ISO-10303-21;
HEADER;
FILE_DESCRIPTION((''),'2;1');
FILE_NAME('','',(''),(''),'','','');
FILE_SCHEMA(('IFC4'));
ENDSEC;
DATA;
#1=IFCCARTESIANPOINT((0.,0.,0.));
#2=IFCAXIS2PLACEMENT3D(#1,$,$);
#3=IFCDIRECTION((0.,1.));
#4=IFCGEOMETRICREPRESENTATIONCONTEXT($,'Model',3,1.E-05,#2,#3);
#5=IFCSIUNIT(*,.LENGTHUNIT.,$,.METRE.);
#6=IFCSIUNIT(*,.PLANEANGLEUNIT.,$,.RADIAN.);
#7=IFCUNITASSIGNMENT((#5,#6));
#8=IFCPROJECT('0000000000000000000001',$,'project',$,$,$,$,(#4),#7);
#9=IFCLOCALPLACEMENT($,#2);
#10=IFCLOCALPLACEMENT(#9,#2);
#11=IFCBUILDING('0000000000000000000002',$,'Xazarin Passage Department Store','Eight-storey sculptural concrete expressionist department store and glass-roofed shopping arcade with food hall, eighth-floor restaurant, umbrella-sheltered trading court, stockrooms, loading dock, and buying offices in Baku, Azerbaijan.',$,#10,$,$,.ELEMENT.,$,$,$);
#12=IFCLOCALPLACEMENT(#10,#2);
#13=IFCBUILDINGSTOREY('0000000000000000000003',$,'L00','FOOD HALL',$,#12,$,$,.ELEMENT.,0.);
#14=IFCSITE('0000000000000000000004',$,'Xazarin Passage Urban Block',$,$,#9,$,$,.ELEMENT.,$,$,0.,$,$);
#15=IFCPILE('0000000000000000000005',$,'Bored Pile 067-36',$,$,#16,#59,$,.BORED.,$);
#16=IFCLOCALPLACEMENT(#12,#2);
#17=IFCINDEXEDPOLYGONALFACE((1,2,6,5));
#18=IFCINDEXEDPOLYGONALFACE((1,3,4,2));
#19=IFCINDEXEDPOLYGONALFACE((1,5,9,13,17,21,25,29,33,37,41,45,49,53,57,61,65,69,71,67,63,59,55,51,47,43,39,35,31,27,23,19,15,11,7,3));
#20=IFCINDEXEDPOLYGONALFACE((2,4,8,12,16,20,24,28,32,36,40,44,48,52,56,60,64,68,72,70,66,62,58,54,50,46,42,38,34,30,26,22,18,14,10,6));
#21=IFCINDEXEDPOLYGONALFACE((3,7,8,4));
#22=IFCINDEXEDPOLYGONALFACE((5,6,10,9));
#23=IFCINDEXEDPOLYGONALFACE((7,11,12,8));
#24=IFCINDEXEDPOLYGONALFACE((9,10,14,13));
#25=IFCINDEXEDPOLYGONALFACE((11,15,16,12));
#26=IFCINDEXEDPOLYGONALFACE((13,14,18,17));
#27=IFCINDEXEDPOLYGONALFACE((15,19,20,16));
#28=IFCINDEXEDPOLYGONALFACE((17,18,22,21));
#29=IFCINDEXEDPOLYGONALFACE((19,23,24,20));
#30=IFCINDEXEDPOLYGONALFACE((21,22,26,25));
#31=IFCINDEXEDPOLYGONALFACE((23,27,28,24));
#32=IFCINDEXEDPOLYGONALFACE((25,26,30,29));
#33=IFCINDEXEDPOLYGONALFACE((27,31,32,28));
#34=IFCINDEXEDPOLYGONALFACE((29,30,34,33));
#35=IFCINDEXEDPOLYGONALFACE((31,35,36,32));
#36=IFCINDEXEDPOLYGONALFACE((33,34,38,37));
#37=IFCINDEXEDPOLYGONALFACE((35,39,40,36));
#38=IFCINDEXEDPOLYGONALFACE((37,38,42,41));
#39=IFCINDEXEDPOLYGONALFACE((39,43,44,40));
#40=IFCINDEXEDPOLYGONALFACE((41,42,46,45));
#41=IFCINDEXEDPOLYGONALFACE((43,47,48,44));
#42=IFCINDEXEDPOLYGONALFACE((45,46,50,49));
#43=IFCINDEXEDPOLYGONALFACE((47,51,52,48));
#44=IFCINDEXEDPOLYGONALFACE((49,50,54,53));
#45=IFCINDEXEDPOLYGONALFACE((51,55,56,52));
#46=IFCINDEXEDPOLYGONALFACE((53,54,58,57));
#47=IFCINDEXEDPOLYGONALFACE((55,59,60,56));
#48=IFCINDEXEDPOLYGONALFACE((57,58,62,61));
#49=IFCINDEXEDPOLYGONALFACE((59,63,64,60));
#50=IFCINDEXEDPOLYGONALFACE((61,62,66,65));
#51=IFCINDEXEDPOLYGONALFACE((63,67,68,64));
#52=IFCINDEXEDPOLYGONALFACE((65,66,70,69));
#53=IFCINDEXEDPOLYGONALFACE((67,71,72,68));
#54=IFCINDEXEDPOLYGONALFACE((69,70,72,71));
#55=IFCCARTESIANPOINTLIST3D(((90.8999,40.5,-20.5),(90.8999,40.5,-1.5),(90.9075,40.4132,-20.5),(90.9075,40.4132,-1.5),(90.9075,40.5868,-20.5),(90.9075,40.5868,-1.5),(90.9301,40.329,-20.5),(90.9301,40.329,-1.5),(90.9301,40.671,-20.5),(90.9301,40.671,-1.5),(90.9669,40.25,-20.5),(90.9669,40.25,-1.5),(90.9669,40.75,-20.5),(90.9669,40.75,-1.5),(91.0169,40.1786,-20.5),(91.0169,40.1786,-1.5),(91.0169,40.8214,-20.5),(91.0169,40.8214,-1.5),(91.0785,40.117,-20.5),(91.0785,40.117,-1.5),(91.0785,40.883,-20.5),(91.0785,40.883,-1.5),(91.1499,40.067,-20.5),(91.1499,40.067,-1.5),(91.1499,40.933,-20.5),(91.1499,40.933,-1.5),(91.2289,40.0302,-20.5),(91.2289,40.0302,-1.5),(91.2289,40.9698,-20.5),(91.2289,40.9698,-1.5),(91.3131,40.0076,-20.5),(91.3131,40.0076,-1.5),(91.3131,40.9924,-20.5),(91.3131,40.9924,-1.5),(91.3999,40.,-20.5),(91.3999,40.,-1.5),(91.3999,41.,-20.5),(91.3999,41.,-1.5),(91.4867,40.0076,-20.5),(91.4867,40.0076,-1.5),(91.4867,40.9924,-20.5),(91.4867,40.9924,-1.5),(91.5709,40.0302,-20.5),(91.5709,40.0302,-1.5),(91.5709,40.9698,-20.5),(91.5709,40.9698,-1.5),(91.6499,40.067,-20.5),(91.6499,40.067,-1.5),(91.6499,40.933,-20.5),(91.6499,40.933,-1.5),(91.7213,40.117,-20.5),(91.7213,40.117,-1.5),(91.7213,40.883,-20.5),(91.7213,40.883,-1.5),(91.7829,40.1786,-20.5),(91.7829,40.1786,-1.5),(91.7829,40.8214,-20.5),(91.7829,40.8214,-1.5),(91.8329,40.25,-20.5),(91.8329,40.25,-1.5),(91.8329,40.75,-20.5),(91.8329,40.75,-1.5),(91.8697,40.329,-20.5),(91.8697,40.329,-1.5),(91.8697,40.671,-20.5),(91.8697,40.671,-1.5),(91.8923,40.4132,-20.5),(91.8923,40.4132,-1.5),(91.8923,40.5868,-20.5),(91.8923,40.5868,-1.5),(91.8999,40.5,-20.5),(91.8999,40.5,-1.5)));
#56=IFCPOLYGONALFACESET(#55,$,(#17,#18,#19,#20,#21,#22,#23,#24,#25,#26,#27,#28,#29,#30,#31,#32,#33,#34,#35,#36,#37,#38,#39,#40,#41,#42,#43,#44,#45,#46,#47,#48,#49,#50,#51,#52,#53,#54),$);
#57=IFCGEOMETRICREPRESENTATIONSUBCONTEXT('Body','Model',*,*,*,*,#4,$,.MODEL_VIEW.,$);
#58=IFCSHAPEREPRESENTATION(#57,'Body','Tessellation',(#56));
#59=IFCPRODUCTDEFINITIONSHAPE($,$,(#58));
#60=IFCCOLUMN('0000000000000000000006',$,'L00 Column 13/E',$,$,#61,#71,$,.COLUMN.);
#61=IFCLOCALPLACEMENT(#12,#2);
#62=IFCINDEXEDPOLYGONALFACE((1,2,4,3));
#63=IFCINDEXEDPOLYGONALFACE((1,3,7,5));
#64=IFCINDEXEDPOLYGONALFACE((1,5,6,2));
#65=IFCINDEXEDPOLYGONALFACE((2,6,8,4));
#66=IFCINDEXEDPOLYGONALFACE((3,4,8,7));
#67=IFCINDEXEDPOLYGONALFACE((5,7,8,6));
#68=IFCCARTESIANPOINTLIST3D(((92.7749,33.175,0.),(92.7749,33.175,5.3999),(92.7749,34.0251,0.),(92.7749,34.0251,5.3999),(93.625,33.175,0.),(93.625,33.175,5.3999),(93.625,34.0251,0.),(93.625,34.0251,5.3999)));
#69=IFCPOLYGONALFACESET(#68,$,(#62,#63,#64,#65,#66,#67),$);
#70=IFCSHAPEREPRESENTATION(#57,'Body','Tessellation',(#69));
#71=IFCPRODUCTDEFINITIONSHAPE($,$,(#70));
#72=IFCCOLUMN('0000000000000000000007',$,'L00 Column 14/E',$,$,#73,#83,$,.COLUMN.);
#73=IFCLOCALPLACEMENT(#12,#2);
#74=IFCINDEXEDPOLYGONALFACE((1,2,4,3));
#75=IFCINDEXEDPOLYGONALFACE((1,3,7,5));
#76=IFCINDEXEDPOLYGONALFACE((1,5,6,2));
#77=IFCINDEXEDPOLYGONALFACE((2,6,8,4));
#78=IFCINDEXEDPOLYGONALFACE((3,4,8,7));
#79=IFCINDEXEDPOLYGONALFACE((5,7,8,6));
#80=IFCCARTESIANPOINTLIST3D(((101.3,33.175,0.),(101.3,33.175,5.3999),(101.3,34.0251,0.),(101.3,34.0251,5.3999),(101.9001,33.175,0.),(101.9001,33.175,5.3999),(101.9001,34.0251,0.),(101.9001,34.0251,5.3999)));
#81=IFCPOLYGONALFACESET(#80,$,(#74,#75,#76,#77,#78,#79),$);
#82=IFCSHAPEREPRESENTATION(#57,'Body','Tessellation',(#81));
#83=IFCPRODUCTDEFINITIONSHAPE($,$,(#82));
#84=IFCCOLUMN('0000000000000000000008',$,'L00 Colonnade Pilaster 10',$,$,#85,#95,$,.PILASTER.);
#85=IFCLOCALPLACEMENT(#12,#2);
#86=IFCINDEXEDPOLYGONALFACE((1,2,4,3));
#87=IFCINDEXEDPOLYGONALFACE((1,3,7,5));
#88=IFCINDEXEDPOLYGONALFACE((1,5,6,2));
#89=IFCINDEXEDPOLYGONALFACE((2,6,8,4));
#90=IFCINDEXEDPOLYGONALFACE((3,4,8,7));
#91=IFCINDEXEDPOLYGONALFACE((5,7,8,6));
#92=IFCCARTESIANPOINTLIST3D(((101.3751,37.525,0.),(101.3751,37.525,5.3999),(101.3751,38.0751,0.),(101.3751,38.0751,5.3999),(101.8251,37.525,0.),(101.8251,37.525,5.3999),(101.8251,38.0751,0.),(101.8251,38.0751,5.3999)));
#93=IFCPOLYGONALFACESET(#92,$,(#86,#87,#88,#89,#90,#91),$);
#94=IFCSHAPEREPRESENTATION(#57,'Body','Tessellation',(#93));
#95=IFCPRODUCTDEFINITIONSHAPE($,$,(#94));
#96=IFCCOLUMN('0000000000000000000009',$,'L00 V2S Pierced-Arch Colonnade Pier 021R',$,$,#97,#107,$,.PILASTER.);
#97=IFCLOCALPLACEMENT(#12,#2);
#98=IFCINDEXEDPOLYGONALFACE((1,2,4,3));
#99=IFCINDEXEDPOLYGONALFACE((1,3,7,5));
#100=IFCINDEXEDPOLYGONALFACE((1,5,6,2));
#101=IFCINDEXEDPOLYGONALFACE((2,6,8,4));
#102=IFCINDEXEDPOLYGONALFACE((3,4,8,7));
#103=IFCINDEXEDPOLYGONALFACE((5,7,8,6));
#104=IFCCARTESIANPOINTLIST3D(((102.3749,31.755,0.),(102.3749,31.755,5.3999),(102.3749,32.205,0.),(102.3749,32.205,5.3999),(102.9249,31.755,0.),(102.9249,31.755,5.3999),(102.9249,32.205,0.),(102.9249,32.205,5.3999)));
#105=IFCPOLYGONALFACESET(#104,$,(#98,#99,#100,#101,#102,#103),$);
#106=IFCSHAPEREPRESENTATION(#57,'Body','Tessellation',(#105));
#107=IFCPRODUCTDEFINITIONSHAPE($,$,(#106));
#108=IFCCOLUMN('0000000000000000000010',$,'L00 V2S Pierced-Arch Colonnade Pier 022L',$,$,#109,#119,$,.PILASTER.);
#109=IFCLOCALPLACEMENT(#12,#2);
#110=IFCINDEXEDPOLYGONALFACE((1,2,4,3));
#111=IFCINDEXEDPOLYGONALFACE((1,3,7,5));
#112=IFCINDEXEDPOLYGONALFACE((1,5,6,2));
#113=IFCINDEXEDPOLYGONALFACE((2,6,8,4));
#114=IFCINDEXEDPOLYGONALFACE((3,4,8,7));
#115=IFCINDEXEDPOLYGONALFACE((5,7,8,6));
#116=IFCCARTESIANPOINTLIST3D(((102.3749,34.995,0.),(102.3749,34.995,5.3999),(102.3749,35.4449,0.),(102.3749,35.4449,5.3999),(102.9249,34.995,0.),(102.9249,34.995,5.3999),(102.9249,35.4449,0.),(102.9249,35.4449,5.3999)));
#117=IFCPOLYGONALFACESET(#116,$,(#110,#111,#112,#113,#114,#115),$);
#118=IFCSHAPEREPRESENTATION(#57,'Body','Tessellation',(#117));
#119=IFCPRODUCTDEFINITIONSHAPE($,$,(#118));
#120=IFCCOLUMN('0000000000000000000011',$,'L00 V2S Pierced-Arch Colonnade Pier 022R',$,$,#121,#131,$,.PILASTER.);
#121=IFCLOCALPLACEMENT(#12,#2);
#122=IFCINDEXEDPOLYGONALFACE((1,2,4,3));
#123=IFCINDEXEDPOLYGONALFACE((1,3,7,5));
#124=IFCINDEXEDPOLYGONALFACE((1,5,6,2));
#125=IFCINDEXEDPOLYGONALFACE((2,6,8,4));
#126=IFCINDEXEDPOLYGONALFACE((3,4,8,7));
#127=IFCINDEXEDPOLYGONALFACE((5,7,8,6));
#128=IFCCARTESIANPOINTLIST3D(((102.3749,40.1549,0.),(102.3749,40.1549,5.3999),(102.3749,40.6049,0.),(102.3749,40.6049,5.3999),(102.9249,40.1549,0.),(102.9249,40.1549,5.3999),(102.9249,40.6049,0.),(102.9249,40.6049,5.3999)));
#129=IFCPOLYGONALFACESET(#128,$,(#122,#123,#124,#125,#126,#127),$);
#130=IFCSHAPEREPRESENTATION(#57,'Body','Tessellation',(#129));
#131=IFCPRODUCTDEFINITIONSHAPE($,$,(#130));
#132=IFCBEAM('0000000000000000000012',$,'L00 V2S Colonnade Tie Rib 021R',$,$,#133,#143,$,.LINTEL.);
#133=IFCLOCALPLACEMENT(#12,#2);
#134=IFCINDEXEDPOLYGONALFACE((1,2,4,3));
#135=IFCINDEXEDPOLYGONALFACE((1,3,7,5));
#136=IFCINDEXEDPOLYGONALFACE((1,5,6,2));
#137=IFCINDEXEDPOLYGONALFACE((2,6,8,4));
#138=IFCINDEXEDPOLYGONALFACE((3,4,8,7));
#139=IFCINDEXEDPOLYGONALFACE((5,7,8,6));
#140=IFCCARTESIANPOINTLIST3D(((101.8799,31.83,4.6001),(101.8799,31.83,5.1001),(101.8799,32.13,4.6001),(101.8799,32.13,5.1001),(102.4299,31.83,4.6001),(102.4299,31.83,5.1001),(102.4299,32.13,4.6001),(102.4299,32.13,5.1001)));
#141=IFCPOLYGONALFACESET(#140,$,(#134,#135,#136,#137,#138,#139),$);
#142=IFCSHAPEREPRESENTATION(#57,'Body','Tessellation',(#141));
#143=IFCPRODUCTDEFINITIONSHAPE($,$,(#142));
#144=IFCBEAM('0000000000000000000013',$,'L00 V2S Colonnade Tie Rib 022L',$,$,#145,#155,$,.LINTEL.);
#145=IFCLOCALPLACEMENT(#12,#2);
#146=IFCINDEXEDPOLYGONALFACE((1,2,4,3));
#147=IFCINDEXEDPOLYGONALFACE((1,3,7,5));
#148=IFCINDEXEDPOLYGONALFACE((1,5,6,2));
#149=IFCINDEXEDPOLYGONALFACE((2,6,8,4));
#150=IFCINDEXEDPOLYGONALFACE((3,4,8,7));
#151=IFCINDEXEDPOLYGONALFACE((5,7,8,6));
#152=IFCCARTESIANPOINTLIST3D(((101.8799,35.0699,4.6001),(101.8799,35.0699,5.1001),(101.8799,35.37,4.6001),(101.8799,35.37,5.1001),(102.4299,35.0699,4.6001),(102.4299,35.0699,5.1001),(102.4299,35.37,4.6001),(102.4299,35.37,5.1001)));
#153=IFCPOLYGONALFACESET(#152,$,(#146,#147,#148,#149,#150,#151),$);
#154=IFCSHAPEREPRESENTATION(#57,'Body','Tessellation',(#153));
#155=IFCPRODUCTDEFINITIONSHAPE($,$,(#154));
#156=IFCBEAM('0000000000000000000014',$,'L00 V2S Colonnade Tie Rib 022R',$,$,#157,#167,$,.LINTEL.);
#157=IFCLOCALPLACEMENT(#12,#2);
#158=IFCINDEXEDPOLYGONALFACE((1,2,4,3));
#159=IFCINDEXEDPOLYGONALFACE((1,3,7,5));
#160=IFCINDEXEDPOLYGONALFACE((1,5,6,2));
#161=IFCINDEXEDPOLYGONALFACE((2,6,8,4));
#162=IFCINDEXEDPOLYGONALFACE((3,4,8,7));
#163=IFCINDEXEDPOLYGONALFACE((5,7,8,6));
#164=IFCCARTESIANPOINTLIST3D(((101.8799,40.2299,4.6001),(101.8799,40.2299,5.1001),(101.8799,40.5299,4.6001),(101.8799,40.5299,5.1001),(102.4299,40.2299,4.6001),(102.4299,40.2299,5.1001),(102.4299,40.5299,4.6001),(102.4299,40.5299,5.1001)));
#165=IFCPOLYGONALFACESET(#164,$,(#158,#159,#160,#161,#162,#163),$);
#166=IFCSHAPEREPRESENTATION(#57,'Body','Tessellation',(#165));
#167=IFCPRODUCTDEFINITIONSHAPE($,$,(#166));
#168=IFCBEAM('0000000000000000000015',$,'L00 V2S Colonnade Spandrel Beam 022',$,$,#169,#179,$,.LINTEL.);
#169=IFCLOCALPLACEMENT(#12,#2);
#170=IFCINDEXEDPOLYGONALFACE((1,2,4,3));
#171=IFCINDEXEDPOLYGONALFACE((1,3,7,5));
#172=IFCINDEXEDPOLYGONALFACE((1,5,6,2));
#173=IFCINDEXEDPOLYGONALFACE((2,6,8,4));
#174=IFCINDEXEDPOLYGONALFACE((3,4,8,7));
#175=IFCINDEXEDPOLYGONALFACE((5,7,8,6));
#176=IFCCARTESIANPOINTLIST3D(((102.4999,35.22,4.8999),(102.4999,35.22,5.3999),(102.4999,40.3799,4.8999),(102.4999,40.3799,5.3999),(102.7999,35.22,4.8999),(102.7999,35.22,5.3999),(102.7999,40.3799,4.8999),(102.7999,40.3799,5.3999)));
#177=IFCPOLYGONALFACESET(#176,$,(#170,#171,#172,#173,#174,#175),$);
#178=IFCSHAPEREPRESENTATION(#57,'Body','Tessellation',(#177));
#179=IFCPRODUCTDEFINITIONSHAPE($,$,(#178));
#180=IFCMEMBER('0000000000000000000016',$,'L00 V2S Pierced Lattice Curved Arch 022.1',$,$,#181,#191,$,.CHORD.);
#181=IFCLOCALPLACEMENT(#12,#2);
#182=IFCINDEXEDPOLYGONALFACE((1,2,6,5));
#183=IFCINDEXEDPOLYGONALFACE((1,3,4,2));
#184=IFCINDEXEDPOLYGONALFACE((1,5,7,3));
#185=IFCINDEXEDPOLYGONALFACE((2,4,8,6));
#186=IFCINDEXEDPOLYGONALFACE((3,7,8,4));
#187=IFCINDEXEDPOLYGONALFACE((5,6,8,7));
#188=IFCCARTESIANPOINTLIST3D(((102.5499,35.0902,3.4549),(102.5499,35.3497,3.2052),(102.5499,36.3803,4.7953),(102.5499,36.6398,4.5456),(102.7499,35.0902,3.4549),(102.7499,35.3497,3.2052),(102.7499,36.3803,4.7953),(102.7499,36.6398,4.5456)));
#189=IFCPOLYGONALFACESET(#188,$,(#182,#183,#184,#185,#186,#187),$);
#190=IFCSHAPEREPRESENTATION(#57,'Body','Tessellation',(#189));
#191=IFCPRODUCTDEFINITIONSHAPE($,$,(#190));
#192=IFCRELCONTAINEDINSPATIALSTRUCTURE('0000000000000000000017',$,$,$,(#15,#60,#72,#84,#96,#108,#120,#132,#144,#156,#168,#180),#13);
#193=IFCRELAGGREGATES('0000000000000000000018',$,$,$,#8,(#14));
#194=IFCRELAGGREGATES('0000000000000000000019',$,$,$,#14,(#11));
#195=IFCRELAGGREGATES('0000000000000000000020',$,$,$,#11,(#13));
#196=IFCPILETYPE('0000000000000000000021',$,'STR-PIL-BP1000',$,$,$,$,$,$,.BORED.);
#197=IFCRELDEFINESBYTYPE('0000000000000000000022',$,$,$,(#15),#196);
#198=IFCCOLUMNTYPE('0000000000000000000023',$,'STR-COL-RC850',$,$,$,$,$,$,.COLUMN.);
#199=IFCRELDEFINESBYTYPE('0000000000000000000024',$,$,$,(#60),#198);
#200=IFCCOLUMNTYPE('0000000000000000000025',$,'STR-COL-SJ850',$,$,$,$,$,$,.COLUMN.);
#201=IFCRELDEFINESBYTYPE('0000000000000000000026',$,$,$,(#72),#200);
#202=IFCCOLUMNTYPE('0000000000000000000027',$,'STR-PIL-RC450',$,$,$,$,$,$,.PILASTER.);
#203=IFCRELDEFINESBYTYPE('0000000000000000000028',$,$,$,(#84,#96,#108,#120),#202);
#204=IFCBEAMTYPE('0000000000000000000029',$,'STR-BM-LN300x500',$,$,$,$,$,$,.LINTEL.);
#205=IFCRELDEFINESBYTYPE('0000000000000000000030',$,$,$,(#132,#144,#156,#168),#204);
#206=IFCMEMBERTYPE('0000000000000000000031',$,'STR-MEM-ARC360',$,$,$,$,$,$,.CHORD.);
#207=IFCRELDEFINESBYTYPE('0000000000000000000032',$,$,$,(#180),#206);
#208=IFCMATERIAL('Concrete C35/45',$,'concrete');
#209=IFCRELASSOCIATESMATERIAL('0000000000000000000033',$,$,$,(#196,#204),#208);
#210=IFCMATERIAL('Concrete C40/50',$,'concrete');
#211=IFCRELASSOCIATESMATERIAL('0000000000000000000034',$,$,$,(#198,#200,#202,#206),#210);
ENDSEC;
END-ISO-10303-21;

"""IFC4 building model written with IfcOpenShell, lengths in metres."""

from ifc_helpers import new_model, si_unit, direction, frame, origin, origin_2d, place, context, subcontext, project, spatial, rectangle, circle, extrude, material, material_profile, profile_set, type_object, element, save


model = new_model("IFC4")

# Units and contexts
model_context = context("Model", 3, precision=1e-05, world=origin(), true_north=direction((0.0, 1.0)))
body_context = subcontext(model_context, "Body", "Model", "MODEL_VIEW")
ifc_project = project(units=[si_unit("LENGTHUNIT", "METRE"), si_unit("PLANEANGLEUNIT", "RADIAN")], contexts=[model_context])

# Site, building, storey
site_placement = place(None, origin())
site = spatial("IfcSite", under=ifc_project, at=site_placement, Name="Xazarin Passage Urban Block", CompositionType="ELEMENT", RefElevation=0.0)
building_placement = place(site_placement, origin())
building = spatial("IfcBuilding", under=site, at=building_placement, Name="Xazarin Passage Department Store", Description="Eight-storey sculptural concrete expressionist department store and glass-roofed shopping arcade with food hall, eighth-floor restaurant, umbrella-sheltered trading court, stockrooms, loading dock, and buying offices in Baku, Azerbaijan.", CompositionType="ELEMENT")
storey_placement = place(building_placement, origin())
storey = spatial("IfcBuildingStorey", under=building, at=storey_placement, Name="L00", Description="FOOD HALL", CompositionType="ELEMENT", Elevation=0.0)

# Shared definitions
ifc_material_1 = material(Name="Concrete C35/45", Category="concrete")

# Pile
ifc_material_profile_1 = material_profile(ifc_material_1, circle(Radius=0.5, at=origin_2d()), Name="BP 1000")
ifc_profile_set_1 = profile_set([ifc_material_profile_1], Name="Concrete C35/45")
pile_type = type_object("IfcPileType", Name="STR-PIL-BP1000", PredefinedType="BORED", material=ifc_profile_set_1)
pile_1_placement = place(storey_placement, frame((91.3999, 40.5, -1.5), z_axis=(0.0, 0.0, -1.0), x_axis=(1.0, 0.0, 0.0)))
element("IfcPile", 1, at=pile_1_placement, inside=storey, type_object=pile_type, Name="Bored Pile 067-36", PredefinedType="BORED", context=body_context, shape_type="SweptSolid", body=[
    extrude(circle(Radius=0.5, at=origin_2d()), origin(), (0.0, 0.0, 1.0), 19.0),
])

# Columns
ifc_material_2 = material(Name="Concrete C40/50", Category="concrete")
ifc_material_profile_2 = material_profile(ifc_material_2, rectangle(XDim=0.8501, YDim=0.8501, at=origin_2d()), Name="RC 850x850")
ifc_profile_set_2 = profile_set([ifc_material_profile_2], Name="Concrete C40/50")
column_type_1 = type_object("IfcColumnType", Name="STR-COL-RC850", PredefinedType="COLUMN", material=ifc_profile_set_2)
column_1_placement = place(storey_placement, frame((93.2, 33.6001, 0.0), z_axis=(0.0, 0.0, 1.0), x_axis=(1.0, 0.0, 0.0)))
element("IfcColumn", 2, at=column_1_placement, inside=storey, type_object=column_type_1, Name="L00 Column 13/E", PredefinedType="COLUMN", context=body_context, shape_type="SweptSolid", body=[
    extrude(rectangle(XDim=0.8501, YDim=0.8501, at=origin_2d()), origin(), (0.0, 0.0, 1.0), 5.3999),
])
ifc_material_profile_3 = material_profile(ifc_material_2, rectangle(XDim=0.6001, YDim=0.8501, at=origin_2d()), Name="RC 600x850")
ifc_profile_set_3 = profile_set([ifc_material_profile_3], Name="Concrete C40/50")
column_type_2 = type_object("IfcColumnType", Name="STR-COL-SJ850", PredefinedType="COLUMN", material=ifc_profile_set_3)
column_2_placement = place(storey_placement, frame((101.6001, 33.6001, 0.0), z_axis=(0.0, 0.0, 1.0), x_axis=(1.0, 0.0, 0.0)))
element("IfcColumn", 3, at=column_2_placement, inside=storey, type_object=column_type_2, Name="L00 Column 14/E", PredefinedType="COLUMN", context=body_context, shape_type="SweptSolid", body=[
    extrude(rectangle(XDim=0.6001, YDim=0.8501, at=origin_2d()), origin(), (0.0, 0.0, 1.0), 5.3999),
])
ifc_material_profile_4 = material_profile(ifc_material_2, rectangle(XDim=0.45, YDim=0.55, at=origin_2d()), Name="RC 450x550")
ifc_profile_set_4 = profile_set([ifc_material_profile_4], Name="Concrete C40/50")
column_type_3 = type_object("IfcColumnType", Name="STR-PIL-RC450", PredefinedType="PILASTER", material=ifc_profile_set_4)
for number, where, z_axis, x_axis, name in (
    (4, (101.6001, 37.8, 0.0), (0.0, 0.0, 1.0), (1.0, 0.0, 0.0), "L00 Colonnade Pilaster 10"),
    (5, (102.6499, 31.98, 0.0), (0.0, 0.0, 1.0), (0.0, 1.0, 0.0), "L00 V2S Pierced-Arch Colonnade Pier 021R"),
    (6, (102.6499, 35.22, 0.0), (0.0, 0.0, 1.0), (0.0, 1.0, 0.0), "L00 V2S Pierced-Arch Colonnade Pier 022L"),
    (7, (102.6499, 40.3799, 0.0), (0.0, 0.0, 1.0), (0.0, 1.0, 0.0), "L00 V2S Pierced-Arch Colonnade Pier 022R"),
):
    element("IfcColumn", number, at=place(storey_placement, frame(where, z_axis=z_axis, x_axis=x_axis)), inside=storey, type_object=column_type_3, Name=name, PredefinedType="PILASTER", context=body_context, shape_type="SweptSolid", body=[
        extrude(rectangle(XDim=0.45, YDim=0.55, at=origin_2d()), origin(), (0.0, 0.0, 1.0), 5.3999),
    ])

# Beams
ifc_material_profile_5 = material_profile(ifc_material_1, rectangle(XDim=0.3, YDim=0.5, at=origin_2d()), Name="RC 300x500")
ifc_profile_set_5 = profile_set([ifc_material_profile_5], Name="Concrete C35/45")
beam_type = type_object("IfcBeamType", Name="STR-BM-LN300x500", PredefinedType="LINTEL", material=ifc_profile_set_5)
for number, where, z_axis, x_axis, name in (
    (8, (101.8799, 31.98, 4.8501), (1.0, 0.0, 0.0), (0.0, 1.0, 0.0), "L00 V2S Colonnade Tie Rib 021R"),
    (9, (101.8799, 35.22, 4.8501), (1.0, 0.0, 0.0), (0.0, 1.0, 0.0), "L00 V2S Colonnade Tie Rib 022L"),
    (10, (101.8799, 40.3799, 4.8501), (1.0, 0.0, 0.0), (0.0, 1.0, 0.0), "L00 V2S Colonnade Tie Rib 022R"),
):
    element("IfcBeam", number, at=place(storey_placement, frame(where, z_axis=z_axis, x_axis=x_axis)), inside=storey, type_object=beam_type, Name=name, PredefinedType="LINTEL", context=body_context, shape_type="SweptSolid", body=[
        extrude(rectangle(XDim=0.3, YDim=0.5, at=origin_2d()), origin(), (0.0, 0.0, 1.0), 0.55),
    ])
beam_placement = place(storey_placement, frame((102.6499, 35.22, 5.1499), z_axis=(0.0, 1.0, 0.0), x_axis=(-1.0, 0.0, 0.0)))
element("IfcBeam", 11, at=beam_placement, inside=storey, type_object=beam_type, Name="L00 V2S Colonnade Spandrel Beam 022", PredefinedType="LINTEL", context=body_context, shape_type="SweptSolid", body=[
    extrude(rectangle(XDim=0.3, YDim=0.5, at=origin_2d()), origin(), (0.0, 0.0, 1.0), 5.1599),
])

# Member
ifc_material_profile_6 = material_profile(ifc_material_2, rectangle(XDim=0.2, YDim=0.3601, at=origin_2d()), Name="RC 200x360")
ifc_profile_set_6 = profile_set([ifc_material_profile_6], Name="Concrete C40/50")
member_type = type_object("IfcMemberType", Name="STR-MEM-ARC360", PredefinedType="CHORD", material=ifc_profile_set_6)
member_1_placement = place(storey_placement, frame((102.6499, 35.22, 3.3301), z_axis=(0.0, 0.69346, 0.720495), x_axis=(-1.0, 0.0, 0.0)))
element("IfcMember", 12, at=member_1_placement, inside=storey, type_object=member_type, Name="L00 V2S Pierced Lattice Curved Arch 022.1", PredefinedType="CHORD", context=body_context, shape_type="SweptSolid", body=[
    extrude(rectangle(XDim=0.2, YDim=0.3601, at=origin_2d()), origin(), (0.0, 0.0, 1.0), 1.8604),
])

save(model, "model.ifc")
